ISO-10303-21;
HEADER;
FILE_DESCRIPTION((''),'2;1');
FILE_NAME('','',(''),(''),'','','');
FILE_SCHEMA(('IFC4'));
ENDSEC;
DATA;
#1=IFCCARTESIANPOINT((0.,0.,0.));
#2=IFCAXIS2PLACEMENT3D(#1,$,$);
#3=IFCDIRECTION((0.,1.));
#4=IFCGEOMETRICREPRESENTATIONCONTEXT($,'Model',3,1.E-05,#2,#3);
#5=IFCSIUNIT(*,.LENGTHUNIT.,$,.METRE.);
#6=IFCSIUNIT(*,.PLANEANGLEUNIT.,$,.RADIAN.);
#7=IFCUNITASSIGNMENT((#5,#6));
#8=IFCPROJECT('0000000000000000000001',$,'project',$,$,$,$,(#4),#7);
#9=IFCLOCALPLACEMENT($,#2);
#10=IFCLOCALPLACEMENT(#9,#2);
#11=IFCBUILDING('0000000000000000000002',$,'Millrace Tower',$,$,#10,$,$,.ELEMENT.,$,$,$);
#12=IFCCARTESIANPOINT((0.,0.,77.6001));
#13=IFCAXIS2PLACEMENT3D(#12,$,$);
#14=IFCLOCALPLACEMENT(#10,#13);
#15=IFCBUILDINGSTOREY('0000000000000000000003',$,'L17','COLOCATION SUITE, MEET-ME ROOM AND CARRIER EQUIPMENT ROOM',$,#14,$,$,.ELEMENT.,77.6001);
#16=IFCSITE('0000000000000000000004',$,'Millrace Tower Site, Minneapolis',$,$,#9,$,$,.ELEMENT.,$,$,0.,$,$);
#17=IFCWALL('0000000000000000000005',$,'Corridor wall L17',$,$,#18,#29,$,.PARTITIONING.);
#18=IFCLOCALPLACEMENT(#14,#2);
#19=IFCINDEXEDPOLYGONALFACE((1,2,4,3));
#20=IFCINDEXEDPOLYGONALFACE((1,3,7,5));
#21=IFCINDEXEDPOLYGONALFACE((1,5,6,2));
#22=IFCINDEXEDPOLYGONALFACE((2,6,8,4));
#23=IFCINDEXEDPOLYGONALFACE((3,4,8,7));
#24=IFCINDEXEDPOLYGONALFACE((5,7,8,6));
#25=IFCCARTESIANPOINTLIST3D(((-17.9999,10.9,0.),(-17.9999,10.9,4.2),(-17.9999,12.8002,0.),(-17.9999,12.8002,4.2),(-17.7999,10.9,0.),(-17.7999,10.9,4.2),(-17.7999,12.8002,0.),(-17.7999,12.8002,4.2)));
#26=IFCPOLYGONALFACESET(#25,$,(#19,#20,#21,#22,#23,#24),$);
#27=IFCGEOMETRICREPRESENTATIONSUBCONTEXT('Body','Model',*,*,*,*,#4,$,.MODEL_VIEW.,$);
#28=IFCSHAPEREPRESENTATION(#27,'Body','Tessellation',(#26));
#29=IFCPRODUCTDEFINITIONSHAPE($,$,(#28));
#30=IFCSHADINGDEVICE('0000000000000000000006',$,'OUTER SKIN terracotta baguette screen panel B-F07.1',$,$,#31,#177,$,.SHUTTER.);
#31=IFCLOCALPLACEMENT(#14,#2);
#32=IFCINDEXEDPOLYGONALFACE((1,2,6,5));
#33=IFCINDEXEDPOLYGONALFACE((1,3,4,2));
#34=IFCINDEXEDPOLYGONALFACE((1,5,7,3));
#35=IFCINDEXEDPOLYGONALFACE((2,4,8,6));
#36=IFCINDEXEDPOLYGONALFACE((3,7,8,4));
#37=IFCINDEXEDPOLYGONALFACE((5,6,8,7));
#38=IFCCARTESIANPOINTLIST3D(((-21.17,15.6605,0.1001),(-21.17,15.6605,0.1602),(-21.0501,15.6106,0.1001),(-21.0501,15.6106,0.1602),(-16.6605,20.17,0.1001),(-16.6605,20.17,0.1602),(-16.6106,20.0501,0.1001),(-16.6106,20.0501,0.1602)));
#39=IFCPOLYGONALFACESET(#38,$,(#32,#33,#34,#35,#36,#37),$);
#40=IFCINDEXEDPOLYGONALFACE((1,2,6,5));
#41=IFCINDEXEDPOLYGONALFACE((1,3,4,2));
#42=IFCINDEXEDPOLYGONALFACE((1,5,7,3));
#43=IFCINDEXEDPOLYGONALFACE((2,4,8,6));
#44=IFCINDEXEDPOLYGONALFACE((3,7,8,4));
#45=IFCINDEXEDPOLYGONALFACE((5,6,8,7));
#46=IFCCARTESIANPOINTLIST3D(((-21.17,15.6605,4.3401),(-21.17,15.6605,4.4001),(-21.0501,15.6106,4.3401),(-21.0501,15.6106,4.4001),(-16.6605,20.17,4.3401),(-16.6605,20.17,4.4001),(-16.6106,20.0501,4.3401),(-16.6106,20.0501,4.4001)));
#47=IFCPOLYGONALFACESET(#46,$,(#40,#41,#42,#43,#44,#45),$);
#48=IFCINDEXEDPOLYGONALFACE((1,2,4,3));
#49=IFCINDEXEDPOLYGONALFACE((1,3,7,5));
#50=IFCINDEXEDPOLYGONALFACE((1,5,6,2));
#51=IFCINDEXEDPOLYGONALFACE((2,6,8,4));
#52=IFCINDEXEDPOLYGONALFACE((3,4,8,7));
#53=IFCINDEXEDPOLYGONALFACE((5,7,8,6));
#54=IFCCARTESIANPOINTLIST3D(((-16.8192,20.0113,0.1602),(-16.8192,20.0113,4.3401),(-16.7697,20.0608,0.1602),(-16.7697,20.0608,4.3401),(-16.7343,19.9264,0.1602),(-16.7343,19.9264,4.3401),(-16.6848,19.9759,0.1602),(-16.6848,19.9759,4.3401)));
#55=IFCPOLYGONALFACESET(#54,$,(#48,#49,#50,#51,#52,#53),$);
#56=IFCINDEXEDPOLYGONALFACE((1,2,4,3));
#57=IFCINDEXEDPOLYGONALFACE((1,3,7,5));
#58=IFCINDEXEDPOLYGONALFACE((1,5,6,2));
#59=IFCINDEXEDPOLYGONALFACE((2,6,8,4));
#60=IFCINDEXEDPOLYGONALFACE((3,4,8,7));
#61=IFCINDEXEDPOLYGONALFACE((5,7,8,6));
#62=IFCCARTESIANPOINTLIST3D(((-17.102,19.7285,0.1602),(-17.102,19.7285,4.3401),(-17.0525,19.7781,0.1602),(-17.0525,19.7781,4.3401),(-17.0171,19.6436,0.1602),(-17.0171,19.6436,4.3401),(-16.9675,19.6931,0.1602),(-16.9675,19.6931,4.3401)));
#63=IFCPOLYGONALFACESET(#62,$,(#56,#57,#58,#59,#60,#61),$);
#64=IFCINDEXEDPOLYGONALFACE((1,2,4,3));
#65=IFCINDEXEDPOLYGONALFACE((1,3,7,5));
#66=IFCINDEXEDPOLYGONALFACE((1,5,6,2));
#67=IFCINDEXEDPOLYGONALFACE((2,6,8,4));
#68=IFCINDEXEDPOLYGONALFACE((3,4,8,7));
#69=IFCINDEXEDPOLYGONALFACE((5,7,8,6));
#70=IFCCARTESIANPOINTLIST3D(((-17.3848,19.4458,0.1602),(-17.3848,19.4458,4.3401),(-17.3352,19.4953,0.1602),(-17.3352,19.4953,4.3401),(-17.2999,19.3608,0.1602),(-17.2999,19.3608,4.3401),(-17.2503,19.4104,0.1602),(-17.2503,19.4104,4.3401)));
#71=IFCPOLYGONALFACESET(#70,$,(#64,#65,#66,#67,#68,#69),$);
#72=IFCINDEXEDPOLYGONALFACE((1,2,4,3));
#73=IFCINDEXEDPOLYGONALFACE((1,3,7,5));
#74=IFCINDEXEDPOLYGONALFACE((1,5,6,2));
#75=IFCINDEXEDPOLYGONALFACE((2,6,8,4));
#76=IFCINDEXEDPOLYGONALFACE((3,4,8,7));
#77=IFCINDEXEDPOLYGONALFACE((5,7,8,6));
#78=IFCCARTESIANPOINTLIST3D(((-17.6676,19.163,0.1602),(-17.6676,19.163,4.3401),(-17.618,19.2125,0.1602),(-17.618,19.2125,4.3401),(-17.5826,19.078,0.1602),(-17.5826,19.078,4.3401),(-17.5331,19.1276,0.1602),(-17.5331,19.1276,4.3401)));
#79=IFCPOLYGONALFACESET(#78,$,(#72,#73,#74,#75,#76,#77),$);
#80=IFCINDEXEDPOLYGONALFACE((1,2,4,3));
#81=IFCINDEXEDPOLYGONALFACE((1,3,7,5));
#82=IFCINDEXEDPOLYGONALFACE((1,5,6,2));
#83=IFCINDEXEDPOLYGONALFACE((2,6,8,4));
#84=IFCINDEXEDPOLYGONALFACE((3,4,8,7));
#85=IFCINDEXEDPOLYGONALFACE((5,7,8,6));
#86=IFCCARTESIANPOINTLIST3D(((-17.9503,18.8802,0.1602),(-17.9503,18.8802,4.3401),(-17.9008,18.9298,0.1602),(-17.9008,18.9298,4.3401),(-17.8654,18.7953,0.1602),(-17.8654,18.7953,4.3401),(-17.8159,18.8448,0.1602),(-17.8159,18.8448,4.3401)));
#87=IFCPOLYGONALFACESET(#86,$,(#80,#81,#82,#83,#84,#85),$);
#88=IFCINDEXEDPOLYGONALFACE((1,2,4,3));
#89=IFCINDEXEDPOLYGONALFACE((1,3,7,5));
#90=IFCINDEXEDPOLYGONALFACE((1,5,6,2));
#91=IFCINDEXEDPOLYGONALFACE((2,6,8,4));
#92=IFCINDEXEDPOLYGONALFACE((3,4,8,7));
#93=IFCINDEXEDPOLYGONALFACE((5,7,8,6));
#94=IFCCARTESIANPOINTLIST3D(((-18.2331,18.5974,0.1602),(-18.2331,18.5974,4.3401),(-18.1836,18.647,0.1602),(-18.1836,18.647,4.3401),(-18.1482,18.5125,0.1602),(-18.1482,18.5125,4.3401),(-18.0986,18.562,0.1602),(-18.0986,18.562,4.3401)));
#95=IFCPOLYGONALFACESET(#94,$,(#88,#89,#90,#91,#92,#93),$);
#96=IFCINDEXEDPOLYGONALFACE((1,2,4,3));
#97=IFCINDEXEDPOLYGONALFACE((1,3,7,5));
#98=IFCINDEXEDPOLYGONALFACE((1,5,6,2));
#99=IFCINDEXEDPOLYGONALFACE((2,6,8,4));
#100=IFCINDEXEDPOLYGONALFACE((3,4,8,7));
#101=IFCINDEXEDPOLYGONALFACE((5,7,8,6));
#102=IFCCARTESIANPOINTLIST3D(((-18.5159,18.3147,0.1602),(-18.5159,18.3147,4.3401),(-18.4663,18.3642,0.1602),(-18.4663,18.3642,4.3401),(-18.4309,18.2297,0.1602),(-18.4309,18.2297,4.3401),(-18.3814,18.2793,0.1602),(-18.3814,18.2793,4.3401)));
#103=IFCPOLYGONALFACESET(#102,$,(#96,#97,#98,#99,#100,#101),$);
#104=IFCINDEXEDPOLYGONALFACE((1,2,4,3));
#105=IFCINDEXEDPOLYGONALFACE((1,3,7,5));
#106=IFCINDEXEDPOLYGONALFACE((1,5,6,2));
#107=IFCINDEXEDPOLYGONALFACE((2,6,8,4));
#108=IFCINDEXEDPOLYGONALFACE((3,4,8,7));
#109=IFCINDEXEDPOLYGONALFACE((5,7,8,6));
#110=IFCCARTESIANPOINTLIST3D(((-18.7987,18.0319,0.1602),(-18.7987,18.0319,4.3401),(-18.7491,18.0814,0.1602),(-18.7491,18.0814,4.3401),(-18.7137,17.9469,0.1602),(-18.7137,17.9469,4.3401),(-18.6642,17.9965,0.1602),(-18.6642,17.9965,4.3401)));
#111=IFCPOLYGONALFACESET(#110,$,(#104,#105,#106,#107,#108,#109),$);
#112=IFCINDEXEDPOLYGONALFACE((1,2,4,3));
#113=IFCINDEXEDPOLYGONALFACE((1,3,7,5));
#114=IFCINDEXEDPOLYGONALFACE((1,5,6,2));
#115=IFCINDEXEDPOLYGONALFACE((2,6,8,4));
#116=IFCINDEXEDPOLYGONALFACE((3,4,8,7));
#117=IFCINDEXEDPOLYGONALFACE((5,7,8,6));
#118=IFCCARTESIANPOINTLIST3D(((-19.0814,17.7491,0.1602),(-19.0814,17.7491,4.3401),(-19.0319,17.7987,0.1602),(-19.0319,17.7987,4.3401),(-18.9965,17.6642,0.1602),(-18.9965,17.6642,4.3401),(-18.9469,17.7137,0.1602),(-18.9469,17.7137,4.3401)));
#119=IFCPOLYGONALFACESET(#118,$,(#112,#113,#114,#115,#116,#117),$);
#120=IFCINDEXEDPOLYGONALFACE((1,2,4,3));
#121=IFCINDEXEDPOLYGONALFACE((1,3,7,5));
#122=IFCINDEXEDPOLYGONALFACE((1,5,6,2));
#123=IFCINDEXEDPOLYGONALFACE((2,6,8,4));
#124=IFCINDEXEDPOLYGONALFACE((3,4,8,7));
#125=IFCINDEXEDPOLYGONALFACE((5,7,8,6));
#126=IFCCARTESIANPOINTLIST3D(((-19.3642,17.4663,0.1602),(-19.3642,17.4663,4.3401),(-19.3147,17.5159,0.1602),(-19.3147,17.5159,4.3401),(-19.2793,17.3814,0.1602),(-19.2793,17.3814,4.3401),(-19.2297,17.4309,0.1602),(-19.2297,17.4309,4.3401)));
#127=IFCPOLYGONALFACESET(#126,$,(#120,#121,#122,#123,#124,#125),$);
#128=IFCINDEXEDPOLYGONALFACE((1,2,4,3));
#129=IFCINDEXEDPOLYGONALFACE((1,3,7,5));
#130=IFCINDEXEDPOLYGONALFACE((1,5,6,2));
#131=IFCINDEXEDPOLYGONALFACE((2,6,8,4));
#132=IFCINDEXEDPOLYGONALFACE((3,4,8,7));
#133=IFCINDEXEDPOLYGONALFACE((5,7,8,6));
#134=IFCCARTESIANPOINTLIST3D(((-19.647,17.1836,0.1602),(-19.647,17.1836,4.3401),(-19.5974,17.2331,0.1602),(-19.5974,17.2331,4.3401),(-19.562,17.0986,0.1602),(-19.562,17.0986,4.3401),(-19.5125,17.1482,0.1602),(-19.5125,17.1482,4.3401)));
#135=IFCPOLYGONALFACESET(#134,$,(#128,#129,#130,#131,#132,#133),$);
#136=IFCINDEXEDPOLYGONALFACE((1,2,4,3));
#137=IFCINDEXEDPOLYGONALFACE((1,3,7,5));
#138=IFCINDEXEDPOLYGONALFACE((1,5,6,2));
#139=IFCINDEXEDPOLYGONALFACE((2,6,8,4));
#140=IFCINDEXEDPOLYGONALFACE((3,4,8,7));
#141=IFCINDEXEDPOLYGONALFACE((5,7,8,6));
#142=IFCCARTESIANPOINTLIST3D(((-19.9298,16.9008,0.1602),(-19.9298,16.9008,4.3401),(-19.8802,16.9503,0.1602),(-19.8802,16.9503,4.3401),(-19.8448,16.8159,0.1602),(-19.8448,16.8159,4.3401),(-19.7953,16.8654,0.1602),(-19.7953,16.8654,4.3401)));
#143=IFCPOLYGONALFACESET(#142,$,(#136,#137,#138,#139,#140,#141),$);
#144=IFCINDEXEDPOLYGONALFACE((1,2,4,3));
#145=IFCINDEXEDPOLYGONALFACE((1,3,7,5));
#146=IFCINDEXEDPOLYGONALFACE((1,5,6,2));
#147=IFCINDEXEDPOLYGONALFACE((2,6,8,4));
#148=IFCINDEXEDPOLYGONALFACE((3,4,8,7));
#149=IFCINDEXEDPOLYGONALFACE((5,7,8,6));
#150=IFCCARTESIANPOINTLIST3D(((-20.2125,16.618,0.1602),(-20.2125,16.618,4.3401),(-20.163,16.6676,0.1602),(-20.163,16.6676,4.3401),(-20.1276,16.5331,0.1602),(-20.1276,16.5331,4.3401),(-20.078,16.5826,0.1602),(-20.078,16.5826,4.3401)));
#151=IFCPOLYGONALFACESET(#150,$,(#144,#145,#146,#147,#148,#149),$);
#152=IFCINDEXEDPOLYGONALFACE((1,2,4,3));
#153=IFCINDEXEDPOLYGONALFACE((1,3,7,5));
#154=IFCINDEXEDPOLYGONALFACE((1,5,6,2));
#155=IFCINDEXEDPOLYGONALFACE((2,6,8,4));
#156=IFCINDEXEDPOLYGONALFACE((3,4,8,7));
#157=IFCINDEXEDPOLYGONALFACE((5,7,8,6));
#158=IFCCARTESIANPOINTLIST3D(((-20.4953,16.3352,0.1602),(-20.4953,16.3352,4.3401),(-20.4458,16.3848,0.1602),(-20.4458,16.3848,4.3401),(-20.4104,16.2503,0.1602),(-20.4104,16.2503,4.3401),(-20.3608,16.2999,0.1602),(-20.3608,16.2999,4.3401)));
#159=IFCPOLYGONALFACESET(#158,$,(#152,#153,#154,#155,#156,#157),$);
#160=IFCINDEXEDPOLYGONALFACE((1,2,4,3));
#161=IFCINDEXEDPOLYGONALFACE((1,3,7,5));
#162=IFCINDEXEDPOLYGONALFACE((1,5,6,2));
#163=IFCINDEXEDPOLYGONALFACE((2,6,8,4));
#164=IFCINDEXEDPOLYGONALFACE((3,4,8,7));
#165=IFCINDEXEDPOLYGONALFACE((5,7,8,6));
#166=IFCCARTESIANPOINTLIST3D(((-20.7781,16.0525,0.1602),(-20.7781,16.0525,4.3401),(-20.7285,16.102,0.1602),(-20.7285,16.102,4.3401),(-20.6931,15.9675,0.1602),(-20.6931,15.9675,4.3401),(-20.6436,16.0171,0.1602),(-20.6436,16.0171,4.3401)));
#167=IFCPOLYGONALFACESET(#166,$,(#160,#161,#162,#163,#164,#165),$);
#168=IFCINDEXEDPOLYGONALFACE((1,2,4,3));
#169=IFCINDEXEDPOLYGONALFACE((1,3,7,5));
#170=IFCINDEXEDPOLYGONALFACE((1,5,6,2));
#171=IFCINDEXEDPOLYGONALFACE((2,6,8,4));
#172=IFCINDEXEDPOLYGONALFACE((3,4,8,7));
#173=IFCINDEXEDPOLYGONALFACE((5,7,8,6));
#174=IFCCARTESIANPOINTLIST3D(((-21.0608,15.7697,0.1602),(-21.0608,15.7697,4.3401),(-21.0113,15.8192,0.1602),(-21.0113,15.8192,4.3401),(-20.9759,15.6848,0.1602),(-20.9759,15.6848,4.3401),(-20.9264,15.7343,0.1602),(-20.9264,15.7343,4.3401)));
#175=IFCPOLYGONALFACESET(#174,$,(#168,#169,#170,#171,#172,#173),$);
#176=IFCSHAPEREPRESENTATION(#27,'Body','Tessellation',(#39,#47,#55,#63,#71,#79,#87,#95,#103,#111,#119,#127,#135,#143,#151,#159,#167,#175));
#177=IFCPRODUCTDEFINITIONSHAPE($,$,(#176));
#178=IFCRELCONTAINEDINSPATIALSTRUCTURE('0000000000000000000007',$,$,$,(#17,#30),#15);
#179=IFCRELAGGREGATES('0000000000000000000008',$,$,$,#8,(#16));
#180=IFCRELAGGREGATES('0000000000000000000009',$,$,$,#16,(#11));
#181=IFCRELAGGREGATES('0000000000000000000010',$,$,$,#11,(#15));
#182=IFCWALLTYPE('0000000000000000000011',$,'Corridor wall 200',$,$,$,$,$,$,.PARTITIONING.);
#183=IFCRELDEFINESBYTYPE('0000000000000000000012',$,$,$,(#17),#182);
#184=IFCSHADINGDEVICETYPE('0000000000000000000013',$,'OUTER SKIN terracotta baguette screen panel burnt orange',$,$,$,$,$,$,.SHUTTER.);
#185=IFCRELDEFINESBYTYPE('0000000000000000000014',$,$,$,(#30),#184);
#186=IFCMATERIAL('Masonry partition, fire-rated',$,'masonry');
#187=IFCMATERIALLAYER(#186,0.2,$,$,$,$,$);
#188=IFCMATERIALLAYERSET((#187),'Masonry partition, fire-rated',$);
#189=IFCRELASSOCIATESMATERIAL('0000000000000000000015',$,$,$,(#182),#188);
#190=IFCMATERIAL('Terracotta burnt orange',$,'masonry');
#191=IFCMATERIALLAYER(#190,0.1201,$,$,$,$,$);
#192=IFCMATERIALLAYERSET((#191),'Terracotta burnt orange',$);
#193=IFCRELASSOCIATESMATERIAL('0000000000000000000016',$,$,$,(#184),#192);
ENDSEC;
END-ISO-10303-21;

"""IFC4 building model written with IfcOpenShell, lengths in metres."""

from ifc_helpers import new_model, entity, si_unit, direction, frame, frame_2d, origin, place, context, subcontext, project, spatial, rectangle, extrude, source, transform, mapped, material, layer, layer_set, type_object, element, save


model = new_model("IFC4")

# Units and contexts
model_context = context("Model", 3, precision=1e-05, world=origin(), true_north=direction((0.0, 1.0)))
body_context = subcontext(model_context, "Body", "Model", "MODEL_VIEW")
ifc_project = project(units=[si_unit("LENGTHUNIT", "METRE"), si_unit("PLANEANGLEUNIT", "RADIAN")], contexts=[model_context])

# Site, building, storey
site_placement = place(None, origin())
site = spatial("IfcSite", under=ifc_project, at=site_placement, Name="Millrace Tower Site, Minneapolis", CompositionType="ELEMENT", RefElevation=0.0)
building_placement = place(site_placement, origin())
building = spatial("IfcBuilding", under=site, at=building_placement, Name="Millrace Tower", CompositionType="ELEMENT")
storey_placement = place(building_placement, frame((0.0, 0.0, 77.6001)))
storey = spatial("IfcBuildingStorey", under=building, at=storey_placement, Name="L17", Description="COLOCATION SUITE, MEET-ME ROOM AND CARRIER EQUIPMENT ROOM", CompositionType="ELEMENT", Elevation=77.6001)

# Shared definitions
ifc_material_1 = material(Name="Masonry partition, fire-rated", Category="masonry")
ifc_layer_1 = layer(ifc_material_1, 0.2)
ifc_layer_set_1 = layer_set([ifc_layer_1], Name="Masonry partition, fire-rated")
wall_type = type_object("IfcWallType", Name="Corridor wall 200", PredefinedType="PARTITIONING", material=ifc_layer_set_1)

# Wall
wall_1_placement = place(storey_placement, frame((-17.8999, 10.8999, 0.0), z_axis=(0.0, 0.0, 1.0), x_axis=(0.0, 1.0, 0.0)))
element("IfcWall", 1, at=wall_1_placement, inside=storey, type_object=wall_type, Name="Corridor wall L17", PredefinedType="PARTITIONING", context=body_context, shape_type="SweptSolid", body=[
    extrude(rectangle(XDim=1.9001, YDim=0.2, at=frame_2d((0.9502, 0.0))), origin(), (0.0, 0.0, 1.0), 4.2),
])

# Shading device
ifc_material_2 = material(Name="Terracotta burnt orange", Category="masonry")
ifc_layer_2 = layer(ifc_material_2, 0.1201)
ifc_layer_set_2 = layer_set([ifc_layer_2], Name="Terracotta burnt orange")
shading_device_type = type_object("IfcShadingDeviceType", Name="OUTER SKIN terracotta baguette screen panel burnt orange", PredefinedType="SHUTTER", material=ifc_layer_set_2)
cartesian_point_1 = entity("IfcCartesianPoint", [-3.1392, 0.0601])
shared_polyline_1 = entity("IfcPolyline", [cartesian_point_1, entity("IfcCartesianPoint", [3.1392, 0.0601]), entity("IfcCartesianPoint", [3.1887, -0.0601]), entity("IfcCartesianPoint", [-3.1887, -0.0601]), cartesian_point_1])
shared_shape_1 = source(origin(), body_context, "Body", "SweptSolid", [
    entity("IfcExtrudedAreaSolid", entity("IfcArbitraryClosedProfileDef", "AREA", None, shared_polyline_1), entity("IfcAxis2Placement3D", entity("IfcCartesianPoint", [0.0, 0.0, 0.0])), entity("IfcDirection", [0.0, 0.0, 1.0]), 0.0601),
    entity("IfcExtrudedAreaSolid", entity("IfcArbitraryClosedProfileDef", "AREA", None, shared_polyline_1), entity("IfcAxis2Placement3D", entity("IfcCartesianPoint", [0.0, 0.0, 4.24])), entity("IfcDirection", [0.0, 0.0, 1.0]), 0.0601),
    extrude(rectangle(XDim=0.0701, YDim=0.1201, at=frame_2d((-2.9993, 0.0))), frame((0.0, 0.0, 0.0601)), (0.0, 0.0, 1.0), 4.1799),
    extrude(rectangle(XDim=0.0701, YDim=0.1201, at=frame_2d((-2.5994, 0.0))), frame((0.0, 0.0, 0.0601)), (0.0, 0.0, 1.0), 4.1799),
    extrude(rectangle(XDim=0.0701, YDim=0.1201, at=frame_2d((-2.1995, 0.0))), frame((0.0, 0.0, 0.0601)), (0.0, 0.0, 1.0), 4.1799),
    extrude(rectangle(XDim=0.0701, YDim=0.1201, at=frame_2d((-1.7996, 0.0))), frame((0.0, 0.0, 0.0601)), (0.0, 0.0, 1.0), 4.1799),
    extrude(rectangle(XDim=0.0701, YDim=0.1201, at=frame_2d((-1.3997, 0.0))), frame((0.0, 0.0, 0.0601)), (0.0, 0.0, 1.0), 4.1799),
    extrude(rectangle(XDim=0.0701, YDim=0.1201, at=frame_2d((-0.9998, 0.0))), frame((0.0, 0.0, 0.0601)), (0.0, 0.0, 1.0), 4.1799),
    extrude(rectangle(XDim=0.0701, YDim=0.1201, at=frame_2d((-0.5999, 0.0))), frame((0.0, 0.0, 0.0601)), (0.0, 0.0, 1.0), 4.1799),
    extrude(rectangle(XDim=0.0701, YDim=0.1201, at=frame_2d((-0.2, 0.0))), frame((0.0, 0.0, 0.0601)), (0.0, 0.0, 1.0), 4.1799),
    extrude(rectangle(XDim=0.0701, YDim=0.1201, at=frame_2d((0.2, 0.0))), frame((0.0, 0.0, 0.0601)), (0.0, 0.0, 1.0), 4.1799),
    extrude(rectangle(XDim=0.0701, YDim=0.1201, at=frame_2d((0.5999, 0.0))), frame((0.0, 0.0, 0.0601)), (0.0, 0.0, 1.0), 4.1799),
    extrude(rectangle(XDim=0.0701, YDim=0.1201, at=frame_2d((0.9998, 0.0))), frame((0.0, 0.0, 0.0601)), (0.0, 0.0, 1.0), 4.1799),
    extrude(rectangle(XDim=0.0701, YDim=0.1201, at=frame_2d((1.3997, 0.0))), frame((0.0, 0.0, 0.0601)), (0.0, 0.0, 1.0), 4.1799),
    extrude(rectangle(XDim=0.0701, YDim=0.1201, at=frame_2d((1.7996, 0.0))), frame((0.0, 0.0, 0.0601)), (0.0, 0.0, 1.0), 4.1799),
    extrude(rectangle(XDim=0.0701, YDim=0.1201, at=frame_2d((2.1995, 0.0))), frame((0.0, 0.0, 0.0601)), (0.0, 0.0, 1.0), 4.1799),
    extrude(rectangle(XDim=0.0701, YDim=0.1201, at=frame_2d((2.5994, 0.0))), frame((0.0, 0.0, 0.0601)), (0.0, 0.0, 1.0), 4.1799),
    extrude(rectangle(XDim=0.0701, YDim=0.1201, at=frame_2d((2.9993, 0.0))), frame((0.0, 0.0, 0.0601)), (0.0, 0.0, 1.0), 4.1799),
])
shading_device_1_placement = place(storey_placement, frame((-18.8728, 17.8728, 0.1001), z_axis=(0.0, 0.0, 1.0), x_axis=(-0.707107, -0.707107, 0.0)))
element("IfcShadingDevice", 2, at=shading_device_1_placement, inside=storey, type_object=shading_device_type, Name="OUTER SKIN terracotta baguette screen panel B-F07.1", PredefinedType="SHUTTER", context=body_context, shape_type="MappedRepresentation", body=[
    mapped(shared_shape_1, transform((0.0, 0.0, 0.0), scale=1.0)),
])

save(model, "model.ifc")
